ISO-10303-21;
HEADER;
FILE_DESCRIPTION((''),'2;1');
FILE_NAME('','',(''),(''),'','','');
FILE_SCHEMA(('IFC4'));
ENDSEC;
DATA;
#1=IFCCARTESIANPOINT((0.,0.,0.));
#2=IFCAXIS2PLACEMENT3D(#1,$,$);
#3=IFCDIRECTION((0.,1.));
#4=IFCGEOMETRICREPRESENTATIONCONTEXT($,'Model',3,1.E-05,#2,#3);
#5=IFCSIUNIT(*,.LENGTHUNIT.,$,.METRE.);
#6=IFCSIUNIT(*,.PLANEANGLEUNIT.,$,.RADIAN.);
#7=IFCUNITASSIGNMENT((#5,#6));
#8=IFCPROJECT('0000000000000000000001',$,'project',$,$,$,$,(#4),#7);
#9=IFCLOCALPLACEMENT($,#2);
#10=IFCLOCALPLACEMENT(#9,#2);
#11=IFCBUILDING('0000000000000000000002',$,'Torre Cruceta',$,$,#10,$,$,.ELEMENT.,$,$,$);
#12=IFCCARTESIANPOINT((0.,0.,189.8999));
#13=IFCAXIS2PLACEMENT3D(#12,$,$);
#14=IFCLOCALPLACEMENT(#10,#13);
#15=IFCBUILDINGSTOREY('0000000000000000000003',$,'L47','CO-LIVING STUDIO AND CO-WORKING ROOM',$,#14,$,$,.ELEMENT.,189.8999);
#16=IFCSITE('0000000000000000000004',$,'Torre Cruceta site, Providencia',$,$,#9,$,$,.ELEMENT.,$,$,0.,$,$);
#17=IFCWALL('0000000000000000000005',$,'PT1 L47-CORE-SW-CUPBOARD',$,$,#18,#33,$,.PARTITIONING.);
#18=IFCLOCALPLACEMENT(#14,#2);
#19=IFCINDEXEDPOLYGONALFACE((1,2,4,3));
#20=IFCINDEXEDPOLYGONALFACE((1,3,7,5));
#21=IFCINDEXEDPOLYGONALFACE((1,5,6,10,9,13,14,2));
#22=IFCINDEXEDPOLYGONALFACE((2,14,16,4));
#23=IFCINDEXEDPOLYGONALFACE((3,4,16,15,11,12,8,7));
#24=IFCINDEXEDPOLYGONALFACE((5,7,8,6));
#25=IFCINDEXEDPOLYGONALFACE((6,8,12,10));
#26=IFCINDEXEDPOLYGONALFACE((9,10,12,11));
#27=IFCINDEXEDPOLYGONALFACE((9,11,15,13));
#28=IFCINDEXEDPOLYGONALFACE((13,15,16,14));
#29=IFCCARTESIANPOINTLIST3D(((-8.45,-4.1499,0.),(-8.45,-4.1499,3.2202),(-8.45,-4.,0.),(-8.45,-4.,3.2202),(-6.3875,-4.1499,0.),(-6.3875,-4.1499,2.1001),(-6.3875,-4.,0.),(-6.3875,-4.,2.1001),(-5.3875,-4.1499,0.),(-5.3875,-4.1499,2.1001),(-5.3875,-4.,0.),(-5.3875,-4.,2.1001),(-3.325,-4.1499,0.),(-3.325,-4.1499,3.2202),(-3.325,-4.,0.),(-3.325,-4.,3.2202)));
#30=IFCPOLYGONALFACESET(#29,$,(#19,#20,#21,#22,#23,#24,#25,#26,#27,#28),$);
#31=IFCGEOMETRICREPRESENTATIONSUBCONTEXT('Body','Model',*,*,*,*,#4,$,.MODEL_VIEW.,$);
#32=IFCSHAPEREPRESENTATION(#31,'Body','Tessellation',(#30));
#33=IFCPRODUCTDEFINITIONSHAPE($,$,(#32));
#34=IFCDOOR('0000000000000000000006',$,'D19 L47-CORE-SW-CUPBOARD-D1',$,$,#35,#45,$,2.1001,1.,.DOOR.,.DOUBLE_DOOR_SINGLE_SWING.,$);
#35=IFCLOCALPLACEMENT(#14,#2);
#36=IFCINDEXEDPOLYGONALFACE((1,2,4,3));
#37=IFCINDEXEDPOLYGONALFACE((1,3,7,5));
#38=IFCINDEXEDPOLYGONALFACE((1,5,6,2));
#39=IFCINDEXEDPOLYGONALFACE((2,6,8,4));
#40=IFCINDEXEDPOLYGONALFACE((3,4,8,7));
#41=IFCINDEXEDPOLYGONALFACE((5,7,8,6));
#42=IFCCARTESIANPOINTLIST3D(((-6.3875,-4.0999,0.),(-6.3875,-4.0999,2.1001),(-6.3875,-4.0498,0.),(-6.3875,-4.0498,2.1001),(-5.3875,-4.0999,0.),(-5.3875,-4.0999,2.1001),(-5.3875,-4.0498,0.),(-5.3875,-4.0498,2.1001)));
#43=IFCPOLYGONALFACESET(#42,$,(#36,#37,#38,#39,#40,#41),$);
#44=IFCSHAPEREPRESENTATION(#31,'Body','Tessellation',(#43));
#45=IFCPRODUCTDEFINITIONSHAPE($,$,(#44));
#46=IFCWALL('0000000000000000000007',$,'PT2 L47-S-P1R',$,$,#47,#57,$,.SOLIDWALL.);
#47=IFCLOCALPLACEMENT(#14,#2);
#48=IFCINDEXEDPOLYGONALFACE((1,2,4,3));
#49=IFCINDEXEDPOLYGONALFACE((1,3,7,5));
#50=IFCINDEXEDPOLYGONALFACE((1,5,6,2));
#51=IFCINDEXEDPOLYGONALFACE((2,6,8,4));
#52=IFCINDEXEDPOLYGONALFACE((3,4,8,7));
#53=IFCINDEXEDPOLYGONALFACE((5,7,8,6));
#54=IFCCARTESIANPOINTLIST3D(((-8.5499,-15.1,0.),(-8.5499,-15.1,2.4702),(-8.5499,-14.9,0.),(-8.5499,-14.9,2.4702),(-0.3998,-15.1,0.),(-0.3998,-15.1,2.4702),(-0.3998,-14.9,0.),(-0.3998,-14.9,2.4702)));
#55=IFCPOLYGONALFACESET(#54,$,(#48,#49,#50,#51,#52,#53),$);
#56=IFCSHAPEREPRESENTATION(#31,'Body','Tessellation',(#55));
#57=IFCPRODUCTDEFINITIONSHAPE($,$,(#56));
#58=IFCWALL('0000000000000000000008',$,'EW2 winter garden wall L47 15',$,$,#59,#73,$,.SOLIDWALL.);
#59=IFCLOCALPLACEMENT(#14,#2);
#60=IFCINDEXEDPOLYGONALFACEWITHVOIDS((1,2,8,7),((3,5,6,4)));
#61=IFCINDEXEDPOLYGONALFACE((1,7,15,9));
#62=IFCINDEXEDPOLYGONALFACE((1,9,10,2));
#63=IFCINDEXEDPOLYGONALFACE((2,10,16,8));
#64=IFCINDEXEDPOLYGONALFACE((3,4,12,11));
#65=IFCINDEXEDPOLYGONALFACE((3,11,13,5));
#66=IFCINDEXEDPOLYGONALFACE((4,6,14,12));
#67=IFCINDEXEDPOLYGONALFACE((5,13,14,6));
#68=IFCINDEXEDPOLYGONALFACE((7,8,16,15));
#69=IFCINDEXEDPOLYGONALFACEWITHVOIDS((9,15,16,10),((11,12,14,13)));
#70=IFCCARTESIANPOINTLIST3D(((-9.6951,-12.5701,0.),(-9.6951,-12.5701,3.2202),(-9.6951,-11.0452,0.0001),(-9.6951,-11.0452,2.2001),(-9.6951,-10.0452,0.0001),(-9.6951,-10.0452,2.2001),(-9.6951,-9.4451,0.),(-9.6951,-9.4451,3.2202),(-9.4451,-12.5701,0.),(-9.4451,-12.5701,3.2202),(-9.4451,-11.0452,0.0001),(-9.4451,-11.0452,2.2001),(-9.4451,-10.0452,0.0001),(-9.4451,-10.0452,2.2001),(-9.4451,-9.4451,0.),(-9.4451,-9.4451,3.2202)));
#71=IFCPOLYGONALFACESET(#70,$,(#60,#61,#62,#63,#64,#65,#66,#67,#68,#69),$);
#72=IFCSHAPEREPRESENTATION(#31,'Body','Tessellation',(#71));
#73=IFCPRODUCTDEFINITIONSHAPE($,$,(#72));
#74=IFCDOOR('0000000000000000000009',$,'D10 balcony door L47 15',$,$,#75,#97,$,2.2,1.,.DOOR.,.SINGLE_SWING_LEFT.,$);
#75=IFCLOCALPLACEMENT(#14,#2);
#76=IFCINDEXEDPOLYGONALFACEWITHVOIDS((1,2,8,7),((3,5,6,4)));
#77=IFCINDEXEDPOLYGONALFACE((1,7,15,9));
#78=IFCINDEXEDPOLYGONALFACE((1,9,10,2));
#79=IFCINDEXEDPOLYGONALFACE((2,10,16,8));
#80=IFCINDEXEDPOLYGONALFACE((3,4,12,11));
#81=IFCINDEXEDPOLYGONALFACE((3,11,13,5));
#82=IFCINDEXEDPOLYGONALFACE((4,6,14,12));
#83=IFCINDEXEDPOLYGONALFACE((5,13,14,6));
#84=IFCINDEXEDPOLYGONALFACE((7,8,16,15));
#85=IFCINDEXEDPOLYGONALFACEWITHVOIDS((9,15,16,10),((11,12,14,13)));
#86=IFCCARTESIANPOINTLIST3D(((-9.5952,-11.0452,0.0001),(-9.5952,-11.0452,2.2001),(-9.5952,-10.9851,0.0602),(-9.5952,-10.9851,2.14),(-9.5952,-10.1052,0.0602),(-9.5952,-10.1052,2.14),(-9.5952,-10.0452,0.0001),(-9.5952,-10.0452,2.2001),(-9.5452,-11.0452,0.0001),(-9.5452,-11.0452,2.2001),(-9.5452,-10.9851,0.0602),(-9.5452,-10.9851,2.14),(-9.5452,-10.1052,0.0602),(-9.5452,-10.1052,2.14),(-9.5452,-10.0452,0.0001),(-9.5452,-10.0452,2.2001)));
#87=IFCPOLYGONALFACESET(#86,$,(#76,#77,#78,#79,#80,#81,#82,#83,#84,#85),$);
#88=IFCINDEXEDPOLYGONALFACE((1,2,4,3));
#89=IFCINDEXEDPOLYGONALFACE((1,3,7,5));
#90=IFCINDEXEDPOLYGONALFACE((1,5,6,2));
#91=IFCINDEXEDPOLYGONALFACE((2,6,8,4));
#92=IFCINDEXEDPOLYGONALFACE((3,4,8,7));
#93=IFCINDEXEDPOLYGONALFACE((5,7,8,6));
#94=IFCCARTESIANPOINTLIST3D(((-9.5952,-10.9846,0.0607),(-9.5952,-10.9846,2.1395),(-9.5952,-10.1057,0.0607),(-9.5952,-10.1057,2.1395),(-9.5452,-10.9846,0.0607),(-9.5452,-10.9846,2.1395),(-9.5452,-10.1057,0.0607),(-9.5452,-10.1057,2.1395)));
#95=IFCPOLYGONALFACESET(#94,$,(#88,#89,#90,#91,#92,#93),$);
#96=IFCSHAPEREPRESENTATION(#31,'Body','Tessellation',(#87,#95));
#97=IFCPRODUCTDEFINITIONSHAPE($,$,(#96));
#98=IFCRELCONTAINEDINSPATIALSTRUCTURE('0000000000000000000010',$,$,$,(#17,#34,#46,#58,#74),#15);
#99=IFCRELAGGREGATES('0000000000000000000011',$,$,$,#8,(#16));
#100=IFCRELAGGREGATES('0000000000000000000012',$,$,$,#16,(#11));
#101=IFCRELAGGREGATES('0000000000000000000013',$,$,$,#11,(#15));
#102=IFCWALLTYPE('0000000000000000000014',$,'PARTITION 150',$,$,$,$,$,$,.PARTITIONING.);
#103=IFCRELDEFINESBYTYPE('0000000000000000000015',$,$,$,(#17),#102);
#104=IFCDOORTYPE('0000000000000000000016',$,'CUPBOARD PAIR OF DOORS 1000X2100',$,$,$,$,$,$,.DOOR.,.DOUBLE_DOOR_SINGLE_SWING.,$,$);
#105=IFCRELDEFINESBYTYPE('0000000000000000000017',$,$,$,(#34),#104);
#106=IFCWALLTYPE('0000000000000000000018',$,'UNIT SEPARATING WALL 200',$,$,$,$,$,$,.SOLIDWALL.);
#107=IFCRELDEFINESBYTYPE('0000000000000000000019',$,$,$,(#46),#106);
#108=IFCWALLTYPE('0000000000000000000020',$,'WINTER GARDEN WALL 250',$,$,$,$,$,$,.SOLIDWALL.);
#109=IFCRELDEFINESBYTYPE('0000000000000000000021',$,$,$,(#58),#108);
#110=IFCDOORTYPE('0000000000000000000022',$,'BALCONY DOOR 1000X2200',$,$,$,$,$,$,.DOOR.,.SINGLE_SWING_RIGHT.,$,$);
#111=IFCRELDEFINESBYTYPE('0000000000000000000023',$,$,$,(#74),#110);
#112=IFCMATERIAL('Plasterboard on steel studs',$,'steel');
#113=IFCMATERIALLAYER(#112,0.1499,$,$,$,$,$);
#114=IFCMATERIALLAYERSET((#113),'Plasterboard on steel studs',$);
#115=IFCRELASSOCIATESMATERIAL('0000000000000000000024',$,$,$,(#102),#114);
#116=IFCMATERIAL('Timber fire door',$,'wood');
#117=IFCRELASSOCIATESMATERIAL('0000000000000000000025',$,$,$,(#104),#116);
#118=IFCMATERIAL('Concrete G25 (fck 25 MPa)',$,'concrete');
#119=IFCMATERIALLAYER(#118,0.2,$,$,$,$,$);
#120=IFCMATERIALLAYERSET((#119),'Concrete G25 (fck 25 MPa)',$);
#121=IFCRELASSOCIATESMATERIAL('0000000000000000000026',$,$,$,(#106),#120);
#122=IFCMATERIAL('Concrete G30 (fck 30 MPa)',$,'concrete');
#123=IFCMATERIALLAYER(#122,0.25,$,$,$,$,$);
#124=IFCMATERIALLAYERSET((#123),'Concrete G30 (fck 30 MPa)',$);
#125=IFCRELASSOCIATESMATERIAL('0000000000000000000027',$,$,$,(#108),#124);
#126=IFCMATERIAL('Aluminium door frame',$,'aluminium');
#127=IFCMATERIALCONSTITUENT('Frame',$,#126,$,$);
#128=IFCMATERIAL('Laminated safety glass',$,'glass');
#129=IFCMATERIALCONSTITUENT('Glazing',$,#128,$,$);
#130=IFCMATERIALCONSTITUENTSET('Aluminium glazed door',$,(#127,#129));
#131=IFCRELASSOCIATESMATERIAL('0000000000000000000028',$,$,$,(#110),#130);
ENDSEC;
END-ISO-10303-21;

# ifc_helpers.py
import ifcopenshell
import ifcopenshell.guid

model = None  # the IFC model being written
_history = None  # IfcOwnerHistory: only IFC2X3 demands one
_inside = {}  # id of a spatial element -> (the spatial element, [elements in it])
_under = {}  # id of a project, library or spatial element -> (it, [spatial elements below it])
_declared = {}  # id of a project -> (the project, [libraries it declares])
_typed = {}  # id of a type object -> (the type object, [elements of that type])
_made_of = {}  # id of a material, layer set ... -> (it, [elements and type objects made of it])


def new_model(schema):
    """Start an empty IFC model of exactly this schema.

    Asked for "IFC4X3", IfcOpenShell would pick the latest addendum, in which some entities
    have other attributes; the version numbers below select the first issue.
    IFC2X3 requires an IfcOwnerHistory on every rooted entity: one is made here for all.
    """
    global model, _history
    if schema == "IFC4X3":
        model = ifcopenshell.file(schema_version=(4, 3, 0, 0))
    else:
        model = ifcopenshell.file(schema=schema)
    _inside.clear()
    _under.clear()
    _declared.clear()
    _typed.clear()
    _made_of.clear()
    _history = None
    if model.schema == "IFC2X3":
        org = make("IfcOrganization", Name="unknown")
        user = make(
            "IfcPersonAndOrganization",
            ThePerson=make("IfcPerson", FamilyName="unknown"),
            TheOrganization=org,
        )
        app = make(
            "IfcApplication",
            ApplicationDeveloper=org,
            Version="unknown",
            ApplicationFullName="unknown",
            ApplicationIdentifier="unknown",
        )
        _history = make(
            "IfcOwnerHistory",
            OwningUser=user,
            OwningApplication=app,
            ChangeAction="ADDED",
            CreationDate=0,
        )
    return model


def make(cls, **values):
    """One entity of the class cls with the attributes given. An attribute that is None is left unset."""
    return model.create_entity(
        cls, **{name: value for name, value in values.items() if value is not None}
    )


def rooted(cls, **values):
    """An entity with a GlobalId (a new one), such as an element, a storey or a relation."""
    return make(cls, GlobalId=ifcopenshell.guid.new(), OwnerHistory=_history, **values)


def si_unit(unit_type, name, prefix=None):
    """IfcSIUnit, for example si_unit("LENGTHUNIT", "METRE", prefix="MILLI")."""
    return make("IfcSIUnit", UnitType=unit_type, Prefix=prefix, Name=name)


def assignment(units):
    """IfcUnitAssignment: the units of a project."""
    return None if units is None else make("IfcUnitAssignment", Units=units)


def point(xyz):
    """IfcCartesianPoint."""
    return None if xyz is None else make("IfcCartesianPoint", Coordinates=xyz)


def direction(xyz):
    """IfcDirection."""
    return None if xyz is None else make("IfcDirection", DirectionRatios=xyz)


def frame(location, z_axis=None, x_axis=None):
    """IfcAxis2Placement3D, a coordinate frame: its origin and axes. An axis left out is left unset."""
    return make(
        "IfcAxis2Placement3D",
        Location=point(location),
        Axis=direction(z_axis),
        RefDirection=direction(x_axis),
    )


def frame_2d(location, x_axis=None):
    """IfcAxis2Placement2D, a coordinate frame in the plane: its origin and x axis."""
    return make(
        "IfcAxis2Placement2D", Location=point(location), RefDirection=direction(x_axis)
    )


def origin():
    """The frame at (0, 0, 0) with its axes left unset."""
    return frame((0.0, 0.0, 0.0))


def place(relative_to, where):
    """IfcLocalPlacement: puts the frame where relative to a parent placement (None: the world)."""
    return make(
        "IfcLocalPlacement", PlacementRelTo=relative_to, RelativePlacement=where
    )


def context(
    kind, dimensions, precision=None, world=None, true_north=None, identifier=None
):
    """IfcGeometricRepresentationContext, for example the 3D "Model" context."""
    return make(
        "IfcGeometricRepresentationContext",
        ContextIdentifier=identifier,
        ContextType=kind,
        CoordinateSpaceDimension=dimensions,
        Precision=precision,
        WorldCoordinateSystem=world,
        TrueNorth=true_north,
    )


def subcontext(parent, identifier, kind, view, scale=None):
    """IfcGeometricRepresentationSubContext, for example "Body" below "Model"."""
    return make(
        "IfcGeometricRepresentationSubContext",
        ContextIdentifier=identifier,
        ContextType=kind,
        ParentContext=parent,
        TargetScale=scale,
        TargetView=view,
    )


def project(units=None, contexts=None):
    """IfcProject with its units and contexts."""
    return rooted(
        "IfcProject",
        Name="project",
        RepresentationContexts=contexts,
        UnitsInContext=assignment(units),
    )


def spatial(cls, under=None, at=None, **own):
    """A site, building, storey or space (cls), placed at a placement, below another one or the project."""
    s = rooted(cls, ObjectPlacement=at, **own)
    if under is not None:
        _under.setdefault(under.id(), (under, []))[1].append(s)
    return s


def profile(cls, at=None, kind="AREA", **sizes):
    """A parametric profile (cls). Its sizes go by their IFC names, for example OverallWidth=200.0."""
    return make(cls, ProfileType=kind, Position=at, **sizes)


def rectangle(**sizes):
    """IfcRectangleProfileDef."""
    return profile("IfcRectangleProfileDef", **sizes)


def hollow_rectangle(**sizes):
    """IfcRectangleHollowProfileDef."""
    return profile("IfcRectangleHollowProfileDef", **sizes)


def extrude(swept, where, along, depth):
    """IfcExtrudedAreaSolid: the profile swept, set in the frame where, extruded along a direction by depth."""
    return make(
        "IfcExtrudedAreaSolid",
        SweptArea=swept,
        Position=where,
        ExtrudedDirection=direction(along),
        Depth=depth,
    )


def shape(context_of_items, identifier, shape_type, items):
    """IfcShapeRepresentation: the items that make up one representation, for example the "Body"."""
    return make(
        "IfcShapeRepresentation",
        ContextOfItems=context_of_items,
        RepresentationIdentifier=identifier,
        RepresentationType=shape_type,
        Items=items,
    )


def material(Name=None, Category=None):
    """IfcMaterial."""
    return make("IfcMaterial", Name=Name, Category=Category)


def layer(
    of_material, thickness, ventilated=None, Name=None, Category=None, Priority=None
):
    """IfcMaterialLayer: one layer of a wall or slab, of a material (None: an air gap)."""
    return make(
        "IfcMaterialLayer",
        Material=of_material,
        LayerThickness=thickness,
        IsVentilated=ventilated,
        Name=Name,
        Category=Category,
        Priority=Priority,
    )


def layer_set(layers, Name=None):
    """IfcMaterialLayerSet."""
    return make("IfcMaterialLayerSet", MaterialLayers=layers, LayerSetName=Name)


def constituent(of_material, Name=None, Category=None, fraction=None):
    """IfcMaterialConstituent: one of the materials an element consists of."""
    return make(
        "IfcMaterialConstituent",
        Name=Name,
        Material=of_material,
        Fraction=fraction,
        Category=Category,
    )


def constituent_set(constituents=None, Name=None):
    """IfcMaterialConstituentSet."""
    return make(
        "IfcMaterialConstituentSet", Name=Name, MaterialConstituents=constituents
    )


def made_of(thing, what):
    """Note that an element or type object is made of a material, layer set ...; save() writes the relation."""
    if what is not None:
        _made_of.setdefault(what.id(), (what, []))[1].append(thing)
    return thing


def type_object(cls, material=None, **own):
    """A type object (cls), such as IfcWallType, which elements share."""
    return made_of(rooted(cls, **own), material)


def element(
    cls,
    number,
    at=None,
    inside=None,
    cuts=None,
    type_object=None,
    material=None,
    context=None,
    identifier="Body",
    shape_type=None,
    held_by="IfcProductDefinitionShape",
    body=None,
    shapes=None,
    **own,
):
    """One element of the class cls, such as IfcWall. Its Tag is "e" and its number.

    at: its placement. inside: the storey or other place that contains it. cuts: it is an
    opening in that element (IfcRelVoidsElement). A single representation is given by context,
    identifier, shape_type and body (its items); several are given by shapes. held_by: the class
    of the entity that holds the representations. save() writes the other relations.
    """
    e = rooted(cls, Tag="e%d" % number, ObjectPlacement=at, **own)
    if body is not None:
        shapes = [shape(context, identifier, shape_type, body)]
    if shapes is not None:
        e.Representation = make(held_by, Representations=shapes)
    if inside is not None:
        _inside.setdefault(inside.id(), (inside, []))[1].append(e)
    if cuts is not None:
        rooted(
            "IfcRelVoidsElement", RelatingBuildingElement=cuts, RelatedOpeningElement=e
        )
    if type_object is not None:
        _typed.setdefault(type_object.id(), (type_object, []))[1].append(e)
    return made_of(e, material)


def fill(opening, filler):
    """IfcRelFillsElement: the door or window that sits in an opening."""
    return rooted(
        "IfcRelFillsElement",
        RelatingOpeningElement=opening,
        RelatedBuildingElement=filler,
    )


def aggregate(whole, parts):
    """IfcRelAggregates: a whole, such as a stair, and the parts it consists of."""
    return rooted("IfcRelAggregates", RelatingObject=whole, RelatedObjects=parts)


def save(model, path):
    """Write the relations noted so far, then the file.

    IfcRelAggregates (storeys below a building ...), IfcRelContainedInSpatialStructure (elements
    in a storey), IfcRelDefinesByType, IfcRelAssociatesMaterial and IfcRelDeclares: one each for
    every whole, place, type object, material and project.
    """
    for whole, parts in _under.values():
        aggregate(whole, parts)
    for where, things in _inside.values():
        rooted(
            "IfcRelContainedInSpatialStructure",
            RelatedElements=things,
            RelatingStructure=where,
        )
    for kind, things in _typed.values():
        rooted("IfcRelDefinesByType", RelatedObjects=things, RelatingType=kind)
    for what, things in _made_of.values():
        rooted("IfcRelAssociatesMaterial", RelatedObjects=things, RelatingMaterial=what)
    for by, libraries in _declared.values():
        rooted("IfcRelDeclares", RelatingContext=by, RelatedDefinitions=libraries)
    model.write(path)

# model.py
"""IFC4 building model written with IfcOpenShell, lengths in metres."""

from ifc_helpers import new_model, si_unit, direction, frame, frame_2d, origin, place, context, subcontext, project, spatial, rectangle, hollow_rectangle, extrude, material, layer, layer_set, constituent, constituent_set, type_object, element, fill, save


model = new_model("IFC4")

# Units and contexts
model_context = context("Model", 3, precision=1e-05, world=origin(), true_north=direction((0.0, 1.0)))
body_context = subcontext(model_context, "Body", "Model", "MODEL_VIEW")
ifc_project = project(units=[si_unit("LENGTHUNIT", "METRE"), si_unit("PLANEANGLEUNIT", "RADIAN")], contexts=[model_context])

# Site, building, storey
site_placement = place(None, origin())
site = spatial("IfcSite", under=ifc_project, at=site_placement, Name="Torre Cruceta site, Providencia", CompositionType="ELEMENT", RefElevation=0.0)
building_placement = place(site_placement, origin())
building = spatial("IfcBuilding", under=site, at=building_placement, Name="Torre Cruceta", CompositionType="ELEMENT")
storey_placement = place(building_placement, frame((0.0, 0.0, 189.8999)))
storey = spatial("IfcBuildingStorey", under=building, at=storey_placement, Name="L47", Description="CO-LIVING STUDIO AND CO-WORKING ROOM", CompositionType="ELEMENT", Elevation=189.8999)

# Wall, opening, door
ifc_material_1 = material(Name="Plasterboard on steel studs", Category="steel")
ifc_layer_1 = layer(ifc_material_1, 0.1499)
ifc_layer_set_1 = layer_set([ifc_layer_1], Name="Plasterboard on steel studs")
wall_type_1 = type_object("IfcWallType", Name="PARTITION 150", PredefinedType="PARTITIONING", material=ifc_layer_set_1)
wall_1_placement = place(storey_placement, frame((-3.325, -4.075, 0.0), z_axis=(0.0, 0.0, 1.0), x_axis=(-1.0, 0.0, 0.0)))
wall_1 = element("IfcWall", 1, at=wall_1_placement, inside=storey, type_object=wall_type_1, Name="PT1 L47-CORE-SW-CUPBOARD", PredefinedType="PARTITIONING", context=body_context, shape_type="SweptSolid", body=[
    extrude(rectangle(XDim=5.125, YDim=0.1499, at=frame_2d((2.5625, 0.0))), origin(), (0.0, 0.0, 1.0), 3.2202),
])
opening_1_placement = place(wall_1_placement, frame((2.0625, 0.0, 0.0)))
opening_1 = element("IfcOpeningElement", 2, at=opening_1_placement, cuts=wall_1, PredefinedType="OPENING", context=body_context, shape_type="SweptSolid", body=[
    extrude(rectangle(XDim=1.0, YDim=2.1001, at=frame_2d((0.5, 1.05))), frame((0.0, 0.085, 0.0), z_axis=(0.0, -1.0, 0.0), x_axis=(1.0, 0.0, 0.0)), (0.0, 0.0, 1.0), 0.1699),
])
ifc_material_2 = material(Name="Timber fire door", Category="wood")
door_type_1 = type_object("IfcDoorType", Name="CUPBOARD PAIR OF DOORS 1000X2100", OperationType="DOUBLE_DOOR_SINGLE_SWING", PredefinedType="DOOR", material=ifc_material_2)
door_1_placement = place(opening_1_placement, frame((1.0, 0.0, 0.0), z_axis=(0.0, 0.0, 1.0), x_axis=(-1.0, 0.0, 0.0)))
door_1 = element("IfcDoor", 3, at=door_1_placement, inside=storey, type_object=door_type_1, Name="D19 L47-CORE-SW-CUPBOARD-D1", OperationType="DOUBLE_DOOR_SINGLE_SWING", OverallHeight=2.1001, OverallWidth=1.0, PredefinedType="DOOR", context=body_context, shape_type="SweptSolid", body=[
    extrude(rectangle(XDim=1.0, YDim=2.1001, at=frame_2d((0.5, 1.05))), frame((0.0, 0.0251, 0.0), z_axis=(0.0, -1.0, 0.0), x_axis=(1.0, 0.0, 0.0)), (0.0, 0.0, 1.0), 0.05),
])
fill(opening_1, door_1)

# Wall
ifc_material_3 = material(Name="Concrete G25 (fck 25 MPa)", Category="concrete")
ifc_layer_2 = layer(ifc_material_3, 0.2)
ifc_layer_set_2 = layer_set([ifc_layer_2], Name="Concrete G25 (fck 25 MPa)")
wall_type_2 = type_object("IfcWallType", Name="UNIT SEPARATING WALL 200", PredefinedType="SOLIDWALL", material=ifc_layer_set_2)
wall_2_placement = place(storey_placement, frame((-8.55, -15.0, 0.0), z_axis=(0.0, 0.0, 1.0), x_axis=(1.0, 0.0, 0.0)))
element("IfcWall", 4, at=wall_2_placement, inside=storey, type_object=wall_type_2, Name="PT2 L47-S-P1R", PredefinedType="SOLIDWALL", context=body_context, shape_type="SweptSolid", body=[
    extrude(rectangle(XDim=8.1501, YDim=0.2, at=frame_2d((4.0752, 0.0))), origin(), (0.0, 0.0, 1.0), 2.4702),
])

# Wall, opening, door
ifc_material_4 = material(Name="Concrete G30 (fck 30 MPa)", Category="concrete")
ifc_layer_3 = layer(ifc_material_4, 0.25)
ifc_layer_set_3 = layer_set([ifc_layer_3], Name="Concrete G30 (fck 30 MPa)")
wall_type_3 = type_object("IfcWallType", Name="WINTER GARDEN WALL 250", PredefinedType="SOLIDWALL", material=ifc_layer_set_3)
wall_3_placement = place(storey_placement, frame((-9.5701, -9.4451, 0.0), z_axis=(0.0, 0.0, 1.0), x_axis=(0.0, -1.0, 0.0)))
wall_3 = element("IfcWall", 5, at=wall_3_placement, inside=storey, type_object=wall_type_3, Name="EW2 winter garden wall L47 15", PredefinedType="SOLIDWALL", context=body_context, shape_type="SweptSolid", body=[
    extrude(rectangle(XDim=3.125, YDim=0.25, at=frame_2d((1.5625, 0.0))), origin(), (0.0, 0.0, 1.0), 3.2202),
])
opening_2_placement = place(wall_3_placement, frame((0.6001, 0.0, 0.0)))
opening_2 = element("IfcOpeningElement", 6, at=opening_2_placement, cuts=wall_3, PredefinedType="OPENING", context=body_context, shape_type="SweptSolid", body=[
    extrude(rectangle(XDim=1.0, YDim=2.2, at=frame_2d((0.5, 1.1001))), frame((0.0, 0.135, 0.0), z_axis=(0.0, -1.0, 0.0), x_axis=(1.0, 0.0, 0.0)), (0.0, 0.0, 1.0), 0.27),
])
ifc_material_5 = material(Name="Aluminium door frame", Category="aluminium")
ifc_constituent_1 = constituent(ifc_material_5, Name="Frame")
ifc_material_6 = material(Name="Laminated safety glass", Category="glass")
ifc_constituent_2 = constituent(ifc_material_6, Name="Glazing")
ifc_constituent_set_1 = constituent_set(constituents=[ifc_constituent_1, ifc_constituent_2], Name="Aluminium glazed door")
door_type_2 = type_object("IfcDoorType", Name="BALCONY DOOR 1000X2200", OperationType="SINGLE_SWING_RIGHT", PredefinedType="DOOR", material=ifc_constituent_set_1)
door_2_placement = place(opening_2_placement, origin())
door_2 = element("IfcDoor", 7, at=door_2_placement, inside=storey, type_object=door_type_2, Name="D10 balcony door L47 15", OperationType="SINGLE_SWING_LEFT", OverallHeight=2.2, OverallWidth=1.0, PredefinedType="DOOR", context=body_context, shape_type="SweptSolid", body=[
    extrude(hollow_rectangle(XDim=1.0, YDim=2.2, WallThickness=0.0601, at=frame_2d((0.5, 1.1001))), frame((0.0, 0.0249, 0.0), z_axis=(0.0, -1.0, 0.0), x_axis=(1.0, 0.0, 0.0)), (0.0, 0.0, 1.0), 0.05),
    extrude(rectangle(XDim=0.8789, YDim=2.0789, at=frame_2d((0.5, 1.1001))), frame((0.0, 0.0249, 0.0), z_axis=(0.0, -1.0, 0.0), x_axis=(1.0, 0.0, 0.0)), (0.0, 0.0, 1.0), 0.05),
])
fill(opening_2, door_2)

save(model, "model.ifc")
